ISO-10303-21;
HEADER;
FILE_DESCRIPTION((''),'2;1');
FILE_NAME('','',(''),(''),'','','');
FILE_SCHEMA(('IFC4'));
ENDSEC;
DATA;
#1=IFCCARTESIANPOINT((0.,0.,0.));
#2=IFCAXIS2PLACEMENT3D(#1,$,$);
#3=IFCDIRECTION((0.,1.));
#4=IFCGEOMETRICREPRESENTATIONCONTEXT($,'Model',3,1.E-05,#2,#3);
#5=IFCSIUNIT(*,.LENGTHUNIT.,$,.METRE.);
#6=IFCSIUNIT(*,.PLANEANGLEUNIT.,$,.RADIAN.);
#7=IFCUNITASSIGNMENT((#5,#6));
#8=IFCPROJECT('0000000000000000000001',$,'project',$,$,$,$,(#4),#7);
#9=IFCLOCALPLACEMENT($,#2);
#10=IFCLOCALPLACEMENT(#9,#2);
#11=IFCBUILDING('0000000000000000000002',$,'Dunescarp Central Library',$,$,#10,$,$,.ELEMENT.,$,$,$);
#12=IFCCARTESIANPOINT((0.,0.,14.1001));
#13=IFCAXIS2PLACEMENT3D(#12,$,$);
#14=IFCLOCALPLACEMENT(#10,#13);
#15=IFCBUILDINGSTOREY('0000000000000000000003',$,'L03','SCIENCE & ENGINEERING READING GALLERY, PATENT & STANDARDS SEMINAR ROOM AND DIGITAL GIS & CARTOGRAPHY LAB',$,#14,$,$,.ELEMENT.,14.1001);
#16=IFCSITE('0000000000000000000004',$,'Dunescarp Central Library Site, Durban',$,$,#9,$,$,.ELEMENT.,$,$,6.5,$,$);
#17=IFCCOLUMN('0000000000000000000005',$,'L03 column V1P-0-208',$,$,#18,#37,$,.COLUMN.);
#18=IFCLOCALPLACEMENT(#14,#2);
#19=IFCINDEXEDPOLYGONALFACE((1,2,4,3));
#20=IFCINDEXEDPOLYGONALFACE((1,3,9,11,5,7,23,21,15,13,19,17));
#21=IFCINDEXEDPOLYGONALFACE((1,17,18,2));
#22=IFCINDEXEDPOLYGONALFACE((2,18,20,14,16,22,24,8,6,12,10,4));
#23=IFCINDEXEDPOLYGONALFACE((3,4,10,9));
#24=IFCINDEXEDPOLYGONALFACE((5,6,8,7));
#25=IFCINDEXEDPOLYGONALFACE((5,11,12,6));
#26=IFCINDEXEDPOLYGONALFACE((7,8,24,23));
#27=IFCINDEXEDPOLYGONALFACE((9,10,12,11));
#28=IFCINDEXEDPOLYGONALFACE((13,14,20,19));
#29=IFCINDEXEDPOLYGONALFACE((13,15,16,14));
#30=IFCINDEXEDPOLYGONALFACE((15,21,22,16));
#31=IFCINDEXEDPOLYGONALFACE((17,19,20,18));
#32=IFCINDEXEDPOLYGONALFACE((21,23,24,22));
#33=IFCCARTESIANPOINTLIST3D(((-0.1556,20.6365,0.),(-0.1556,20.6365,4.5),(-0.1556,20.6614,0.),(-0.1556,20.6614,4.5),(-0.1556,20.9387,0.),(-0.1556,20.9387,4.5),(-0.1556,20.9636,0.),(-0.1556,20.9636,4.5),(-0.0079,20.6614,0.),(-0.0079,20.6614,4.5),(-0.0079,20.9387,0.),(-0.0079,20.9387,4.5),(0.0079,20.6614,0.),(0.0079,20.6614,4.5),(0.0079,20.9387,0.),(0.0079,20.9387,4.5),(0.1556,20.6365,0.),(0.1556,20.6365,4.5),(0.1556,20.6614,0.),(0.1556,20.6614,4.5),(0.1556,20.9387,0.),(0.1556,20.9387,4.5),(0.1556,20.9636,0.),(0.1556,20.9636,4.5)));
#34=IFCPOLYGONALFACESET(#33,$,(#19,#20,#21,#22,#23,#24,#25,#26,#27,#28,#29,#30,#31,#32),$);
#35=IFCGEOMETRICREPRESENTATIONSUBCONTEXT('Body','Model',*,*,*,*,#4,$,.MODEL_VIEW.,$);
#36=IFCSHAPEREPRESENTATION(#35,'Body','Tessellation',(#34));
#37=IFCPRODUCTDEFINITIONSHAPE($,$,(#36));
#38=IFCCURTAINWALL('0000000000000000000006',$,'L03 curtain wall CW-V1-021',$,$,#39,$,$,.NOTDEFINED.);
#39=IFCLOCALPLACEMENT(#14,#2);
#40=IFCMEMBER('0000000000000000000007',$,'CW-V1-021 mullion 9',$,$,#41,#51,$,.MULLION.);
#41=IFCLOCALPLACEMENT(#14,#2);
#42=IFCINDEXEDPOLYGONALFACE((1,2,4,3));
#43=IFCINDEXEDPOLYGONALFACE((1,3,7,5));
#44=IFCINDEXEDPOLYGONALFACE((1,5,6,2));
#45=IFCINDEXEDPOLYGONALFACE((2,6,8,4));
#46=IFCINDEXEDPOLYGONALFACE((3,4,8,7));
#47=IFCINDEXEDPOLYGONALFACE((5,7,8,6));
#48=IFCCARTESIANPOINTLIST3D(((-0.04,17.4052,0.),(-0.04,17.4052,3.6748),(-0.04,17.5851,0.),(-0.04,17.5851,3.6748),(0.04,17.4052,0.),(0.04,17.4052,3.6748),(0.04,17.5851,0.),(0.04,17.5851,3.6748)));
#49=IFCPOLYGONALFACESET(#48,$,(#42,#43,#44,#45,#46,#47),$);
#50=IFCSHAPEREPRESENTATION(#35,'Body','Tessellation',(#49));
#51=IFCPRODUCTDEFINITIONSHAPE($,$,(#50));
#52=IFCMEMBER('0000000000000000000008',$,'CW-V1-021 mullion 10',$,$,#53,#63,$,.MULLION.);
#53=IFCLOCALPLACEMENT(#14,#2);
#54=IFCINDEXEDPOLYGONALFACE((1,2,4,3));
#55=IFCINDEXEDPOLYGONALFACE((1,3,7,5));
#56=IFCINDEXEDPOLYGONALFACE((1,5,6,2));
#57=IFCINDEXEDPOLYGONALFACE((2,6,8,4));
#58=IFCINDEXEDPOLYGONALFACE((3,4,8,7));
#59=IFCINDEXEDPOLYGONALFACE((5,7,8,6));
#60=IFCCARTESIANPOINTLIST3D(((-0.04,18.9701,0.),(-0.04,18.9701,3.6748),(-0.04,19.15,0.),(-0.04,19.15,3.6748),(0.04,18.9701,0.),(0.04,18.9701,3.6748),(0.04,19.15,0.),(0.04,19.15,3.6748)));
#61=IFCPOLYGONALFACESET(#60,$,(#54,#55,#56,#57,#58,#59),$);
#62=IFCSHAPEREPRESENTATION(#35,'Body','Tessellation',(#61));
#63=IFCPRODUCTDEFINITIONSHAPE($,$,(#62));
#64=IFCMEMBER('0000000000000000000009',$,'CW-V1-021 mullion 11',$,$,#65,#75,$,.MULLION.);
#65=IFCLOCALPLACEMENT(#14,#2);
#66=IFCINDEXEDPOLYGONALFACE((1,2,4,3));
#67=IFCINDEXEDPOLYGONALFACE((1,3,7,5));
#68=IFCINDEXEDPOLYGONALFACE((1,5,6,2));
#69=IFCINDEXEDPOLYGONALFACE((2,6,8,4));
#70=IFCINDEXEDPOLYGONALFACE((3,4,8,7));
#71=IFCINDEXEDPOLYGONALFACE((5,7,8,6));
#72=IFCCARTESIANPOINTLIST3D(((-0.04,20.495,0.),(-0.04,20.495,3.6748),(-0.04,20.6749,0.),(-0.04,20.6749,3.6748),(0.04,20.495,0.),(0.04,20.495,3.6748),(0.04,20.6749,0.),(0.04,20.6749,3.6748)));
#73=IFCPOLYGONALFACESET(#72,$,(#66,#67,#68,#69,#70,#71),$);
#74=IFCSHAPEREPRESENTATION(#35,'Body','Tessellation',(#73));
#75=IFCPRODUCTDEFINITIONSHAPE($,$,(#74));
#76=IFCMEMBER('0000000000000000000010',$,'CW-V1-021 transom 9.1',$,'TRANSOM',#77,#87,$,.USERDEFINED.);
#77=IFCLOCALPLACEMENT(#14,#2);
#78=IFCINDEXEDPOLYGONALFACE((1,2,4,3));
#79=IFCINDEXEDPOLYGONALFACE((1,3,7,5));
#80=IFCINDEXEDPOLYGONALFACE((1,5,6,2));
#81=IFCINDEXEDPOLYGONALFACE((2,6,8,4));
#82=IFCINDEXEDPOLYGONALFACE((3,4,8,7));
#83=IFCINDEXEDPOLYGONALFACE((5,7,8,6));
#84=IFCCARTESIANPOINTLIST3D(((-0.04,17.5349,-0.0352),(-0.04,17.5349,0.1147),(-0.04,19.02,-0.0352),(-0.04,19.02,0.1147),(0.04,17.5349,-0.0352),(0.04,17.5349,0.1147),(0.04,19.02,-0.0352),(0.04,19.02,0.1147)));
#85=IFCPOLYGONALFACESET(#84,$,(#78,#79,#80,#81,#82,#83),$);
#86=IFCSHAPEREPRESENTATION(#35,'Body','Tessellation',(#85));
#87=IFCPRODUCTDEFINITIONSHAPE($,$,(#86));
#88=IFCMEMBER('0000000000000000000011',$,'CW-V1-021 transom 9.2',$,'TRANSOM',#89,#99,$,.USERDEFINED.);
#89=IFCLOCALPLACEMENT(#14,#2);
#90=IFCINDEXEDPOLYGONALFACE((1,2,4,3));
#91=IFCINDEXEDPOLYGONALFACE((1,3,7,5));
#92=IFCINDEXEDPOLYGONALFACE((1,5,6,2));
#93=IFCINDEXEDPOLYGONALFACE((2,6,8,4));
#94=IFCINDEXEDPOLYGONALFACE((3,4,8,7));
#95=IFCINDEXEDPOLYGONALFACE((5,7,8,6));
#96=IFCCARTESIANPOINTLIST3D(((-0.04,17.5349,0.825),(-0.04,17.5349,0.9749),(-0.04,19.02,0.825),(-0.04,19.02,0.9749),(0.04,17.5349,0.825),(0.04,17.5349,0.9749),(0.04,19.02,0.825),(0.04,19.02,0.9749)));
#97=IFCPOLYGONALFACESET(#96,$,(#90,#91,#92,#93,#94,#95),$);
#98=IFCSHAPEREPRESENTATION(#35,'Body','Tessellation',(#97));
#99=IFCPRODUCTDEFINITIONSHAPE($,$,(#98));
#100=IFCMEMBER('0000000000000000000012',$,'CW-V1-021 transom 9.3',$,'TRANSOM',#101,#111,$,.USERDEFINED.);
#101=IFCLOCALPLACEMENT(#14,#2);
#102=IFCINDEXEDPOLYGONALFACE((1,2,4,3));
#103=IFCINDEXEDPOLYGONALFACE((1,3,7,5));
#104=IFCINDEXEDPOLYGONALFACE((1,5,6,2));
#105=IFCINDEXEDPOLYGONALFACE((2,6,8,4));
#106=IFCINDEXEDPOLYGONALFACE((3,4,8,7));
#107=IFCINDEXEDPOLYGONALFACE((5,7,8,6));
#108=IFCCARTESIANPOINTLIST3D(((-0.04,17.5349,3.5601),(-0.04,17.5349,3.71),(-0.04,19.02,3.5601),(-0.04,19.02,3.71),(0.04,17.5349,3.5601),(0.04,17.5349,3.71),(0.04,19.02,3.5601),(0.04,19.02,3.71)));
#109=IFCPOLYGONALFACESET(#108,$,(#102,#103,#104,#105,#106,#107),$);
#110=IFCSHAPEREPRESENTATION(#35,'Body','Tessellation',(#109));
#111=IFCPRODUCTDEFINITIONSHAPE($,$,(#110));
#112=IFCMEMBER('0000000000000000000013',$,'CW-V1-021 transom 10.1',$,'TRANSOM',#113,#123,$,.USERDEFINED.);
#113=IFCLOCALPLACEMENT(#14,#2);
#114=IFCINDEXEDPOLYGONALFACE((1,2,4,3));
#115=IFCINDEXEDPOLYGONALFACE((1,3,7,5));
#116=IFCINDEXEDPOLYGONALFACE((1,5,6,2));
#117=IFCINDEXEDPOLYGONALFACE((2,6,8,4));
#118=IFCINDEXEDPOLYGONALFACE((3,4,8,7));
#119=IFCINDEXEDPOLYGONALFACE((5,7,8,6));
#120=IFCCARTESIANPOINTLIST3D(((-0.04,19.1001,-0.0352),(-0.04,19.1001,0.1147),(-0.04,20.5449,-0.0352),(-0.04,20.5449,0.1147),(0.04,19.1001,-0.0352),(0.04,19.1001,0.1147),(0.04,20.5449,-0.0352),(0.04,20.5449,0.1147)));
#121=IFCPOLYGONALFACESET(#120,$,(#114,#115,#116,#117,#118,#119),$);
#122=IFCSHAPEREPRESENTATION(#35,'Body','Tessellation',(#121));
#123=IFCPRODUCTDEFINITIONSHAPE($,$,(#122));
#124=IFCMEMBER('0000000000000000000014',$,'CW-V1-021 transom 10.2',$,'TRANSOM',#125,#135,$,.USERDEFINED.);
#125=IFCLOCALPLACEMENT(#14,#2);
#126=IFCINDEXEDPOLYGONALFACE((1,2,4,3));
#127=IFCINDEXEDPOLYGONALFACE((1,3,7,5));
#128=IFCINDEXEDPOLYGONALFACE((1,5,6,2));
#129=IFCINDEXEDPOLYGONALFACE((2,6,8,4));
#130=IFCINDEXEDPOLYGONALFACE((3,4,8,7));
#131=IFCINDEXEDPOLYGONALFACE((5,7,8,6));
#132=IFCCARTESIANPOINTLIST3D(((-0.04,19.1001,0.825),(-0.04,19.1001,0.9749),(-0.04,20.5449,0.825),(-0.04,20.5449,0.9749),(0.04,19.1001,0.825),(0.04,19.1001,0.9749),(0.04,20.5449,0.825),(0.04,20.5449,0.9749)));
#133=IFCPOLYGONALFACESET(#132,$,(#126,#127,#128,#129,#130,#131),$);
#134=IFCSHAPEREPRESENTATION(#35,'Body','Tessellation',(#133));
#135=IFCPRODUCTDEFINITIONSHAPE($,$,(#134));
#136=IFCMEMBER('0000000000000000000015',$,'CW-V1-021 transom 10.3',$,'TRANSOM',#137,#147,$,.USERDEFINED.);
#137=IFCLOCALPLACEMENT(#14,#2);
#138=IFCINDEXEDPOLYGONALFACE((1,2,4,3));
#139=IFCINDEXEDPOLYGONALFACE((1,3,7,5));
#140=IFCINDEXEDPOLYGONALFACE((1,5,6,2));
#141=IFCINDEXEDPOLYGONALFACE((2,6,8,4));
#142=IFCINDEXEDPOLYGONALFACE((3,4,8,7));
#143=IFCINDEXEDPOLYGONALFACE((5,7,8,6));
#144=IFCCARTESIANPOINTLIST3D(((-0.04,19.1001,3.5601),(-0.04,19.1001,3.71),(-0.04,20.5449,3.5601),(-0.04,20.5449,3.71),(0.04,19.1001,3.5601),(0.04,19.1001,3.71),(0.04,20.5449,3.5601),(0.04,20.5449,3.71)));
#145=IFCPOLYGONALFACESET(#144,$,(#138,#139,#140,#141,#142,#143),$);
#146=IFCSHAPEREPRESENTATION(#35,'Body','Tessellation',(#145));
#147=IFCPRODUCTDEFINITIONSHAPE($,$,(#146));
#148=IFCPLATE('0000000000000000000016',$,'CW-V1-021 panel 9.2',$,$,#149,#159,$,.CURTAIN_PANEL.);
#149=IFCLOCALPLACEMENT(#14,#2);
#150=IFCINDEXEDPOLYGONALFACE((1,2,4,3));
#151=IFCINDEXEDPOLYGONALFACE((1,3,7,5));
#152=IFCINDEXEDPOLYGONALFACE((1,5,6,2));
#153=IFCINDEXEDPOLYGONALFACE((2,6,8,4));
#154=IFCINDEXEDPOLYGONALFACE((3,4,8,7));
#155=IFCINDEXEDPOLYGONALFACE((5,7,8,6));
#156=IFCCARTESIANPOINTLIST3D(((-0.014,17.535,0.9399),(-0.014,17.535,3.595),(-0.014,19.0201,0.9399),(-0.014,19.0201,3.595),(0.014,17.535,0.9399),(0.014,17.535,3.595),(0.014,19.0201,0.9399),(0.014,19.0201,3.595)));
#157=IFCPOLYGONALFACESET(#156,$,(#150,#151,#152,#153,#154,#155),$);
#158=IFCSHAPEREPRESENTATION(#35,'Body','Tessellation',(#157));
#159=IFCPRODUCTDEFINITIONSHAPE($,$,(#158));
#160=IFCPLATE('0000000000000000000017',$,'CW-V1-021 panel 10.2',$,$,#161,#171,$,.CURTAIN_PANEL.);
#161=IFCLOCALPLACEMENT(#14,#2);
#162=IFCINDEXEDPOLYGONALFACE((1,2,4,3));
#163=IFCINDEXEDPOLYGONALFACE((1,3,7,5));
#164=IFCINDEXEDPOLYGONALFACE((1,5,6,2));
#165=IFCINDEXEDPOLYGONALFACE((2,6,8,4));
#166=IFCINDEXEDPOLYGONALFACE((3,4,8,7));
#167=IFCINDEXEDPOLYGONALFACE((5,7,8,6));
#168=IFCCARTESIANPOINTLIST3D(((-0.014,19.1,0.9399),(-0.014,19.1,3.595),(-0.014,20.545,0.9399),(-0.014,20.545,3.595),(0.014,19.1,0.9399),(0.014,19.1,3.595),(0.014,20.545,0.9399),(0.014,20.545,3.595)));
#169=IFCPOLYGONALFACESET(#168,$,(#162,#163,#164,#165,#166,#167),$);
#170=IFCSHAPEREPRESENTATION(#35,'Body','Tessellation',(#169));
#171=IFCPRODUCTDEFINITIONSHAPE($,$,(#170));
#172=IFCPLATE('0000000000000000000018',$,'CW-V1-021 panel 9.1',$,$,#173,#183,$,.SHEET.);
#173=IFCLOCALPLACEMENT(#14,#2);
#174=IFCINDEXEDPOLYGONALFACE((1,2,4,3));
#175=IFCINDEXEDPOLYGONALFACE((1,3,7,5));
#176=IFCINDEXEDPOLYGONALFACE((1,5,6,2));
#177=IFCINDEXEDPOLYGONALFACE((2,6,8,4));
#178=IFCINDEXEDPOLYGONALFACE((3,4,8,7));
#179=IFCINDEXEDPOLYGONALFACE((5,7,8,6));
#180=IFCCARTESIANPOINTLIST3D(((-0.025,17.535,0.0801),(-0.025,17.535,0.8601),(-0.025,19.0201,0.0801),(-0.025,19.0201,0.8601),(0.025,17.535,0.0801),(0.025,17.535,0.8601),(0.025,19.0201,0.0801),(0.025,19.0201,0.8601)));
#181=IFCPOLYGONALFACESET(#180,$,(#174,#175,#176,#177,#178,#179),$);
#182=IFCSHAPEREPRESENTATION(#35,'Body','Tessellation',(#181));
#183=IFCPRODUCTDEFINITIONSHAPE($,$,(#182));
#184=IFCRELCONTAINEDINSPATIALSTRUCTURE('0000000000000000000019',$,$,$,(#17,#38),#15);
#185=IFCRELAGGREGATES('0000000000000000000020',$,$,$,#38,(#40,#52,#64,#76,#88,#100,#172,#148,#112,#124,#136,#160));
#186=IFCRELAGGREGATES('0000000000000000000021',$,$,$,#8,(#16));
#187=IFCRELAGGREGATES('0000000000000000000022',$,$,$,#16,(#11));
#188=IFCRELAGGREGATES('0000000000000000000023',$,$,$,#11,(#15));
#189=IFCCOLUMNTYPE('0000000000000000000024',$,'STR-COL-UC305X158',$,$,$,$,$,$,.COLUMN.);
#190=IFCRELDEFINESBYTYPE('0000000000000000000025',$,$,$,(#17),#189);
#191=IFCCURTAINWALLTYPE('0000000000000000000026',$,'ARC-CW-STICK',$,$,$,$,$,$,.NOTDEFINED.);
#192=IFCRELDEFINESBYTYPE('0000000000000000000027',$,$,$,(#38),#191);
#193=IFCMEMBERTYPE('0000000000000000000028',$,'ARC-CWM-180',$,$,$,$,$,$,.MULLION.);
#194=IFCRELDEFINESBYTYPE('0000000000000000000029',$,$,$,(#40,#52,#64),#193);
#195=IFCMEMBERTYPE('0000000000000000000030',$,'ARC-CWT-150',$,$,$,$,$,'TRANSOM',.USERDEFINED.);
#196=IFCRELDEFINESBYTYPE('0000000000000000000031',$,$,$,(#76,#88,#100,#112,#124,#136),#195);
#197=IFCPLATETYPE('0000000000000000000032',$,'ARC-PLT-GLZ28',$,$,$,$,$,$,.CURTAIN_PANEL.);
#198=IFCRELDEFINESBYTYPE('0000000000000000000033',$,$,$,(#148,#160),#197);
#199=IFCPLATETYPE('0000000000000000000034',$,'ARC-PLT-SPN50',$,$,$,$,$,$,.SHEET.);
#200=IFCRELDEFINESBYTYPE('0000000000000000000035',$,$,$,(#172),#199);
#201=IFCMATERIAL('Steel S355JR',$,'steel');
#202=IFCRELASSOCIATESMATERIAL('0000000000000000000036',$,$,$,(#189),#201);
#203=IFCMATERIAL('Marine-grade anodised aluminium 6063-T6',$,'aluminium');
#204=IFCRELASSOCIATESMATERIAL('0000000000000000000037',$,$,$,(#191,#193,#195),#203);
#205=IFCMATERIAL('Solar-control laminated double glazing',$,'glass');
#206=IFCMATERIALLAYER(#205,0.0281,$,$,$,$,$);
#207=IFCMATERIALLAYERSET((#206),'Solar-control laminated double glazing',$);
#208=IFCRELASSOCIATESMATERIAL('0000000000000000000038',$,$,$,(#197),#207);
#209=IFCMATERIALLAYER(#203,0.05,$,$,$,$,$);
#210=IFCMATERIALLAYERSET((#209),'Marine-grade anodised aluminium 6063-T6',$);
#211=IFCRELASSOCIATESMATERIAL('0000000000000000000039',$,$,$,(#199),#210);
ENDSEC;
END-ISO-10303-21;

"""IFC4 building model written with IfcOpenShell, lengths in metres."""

from ifc_helpers import new_model, si_unit, direction, frame, origin, origin_2d, place, context, subcontext, project, spatial, rectangle, i_section, extrude, material, layer, layer_set, material_profile, profile_set, type_object, element, aggregate, save


model = new_model("IFC4")

# Units and contexts
model_context = context("Model", 3, precision=1e-05, world=origin(), true_north=direction((0.0, 1.0)))
body_context = subcontext(model_context, "Body", "Model", "MODEL_VIEW")
ifc_project = project(units=[si_unit("LENGTHUNIT", "METRE"), si_unit("PLANEANGLEUNIT", "RADIAN")], contexts=[model_context])

# Site, building, storey
site_placement = place(None, origin())
site = spatial("IfcSite", under=ifc_project, at=site_placement, Name="Dunescarp Central Library Site, Durban", CompositionType="ELEMENT", RefElevation=6.5)
building_placement = place(site_placement, origin())
building = spatial("IfcBuilding", under=site, at=building_placement, Name="Dunescarp Central Library", CompositionType="ELEMENT")
storey_placement = place(building_placement, frame((0.0, 0.0, 14.1001)))
storey = spatial("IfcBuildingStorey", under=building, at=storey_placement, Name="L03", Description="SCIENCE & ENGINEERING READING GALLERY, PATENT & STANDARDS SEMINAR ROOM AND DIGITAL GIS & CARTOGRAPHY LAB", CompositionType="ELEMENT", Elevation=14.1001)

# Column
ifc_material_1 = material(Name="Steel S355JR", Category="steel")
ifc_material_profile_1 = material_profile(ifc_material_1, i_section(OverallWidth=0.3113, OverallDepth=0.3271, WebThickness=0.0159, FlangeThickness=0.0249, at=origin_2d()), Name="UC 305x305x158")
ifc_profile_set_1 = profile_set([ifc_material_profile_1], Name="Steel S355JR")
column_type = type_object("IfcColumnType", Name="STR-COL-UC305X158", PredefinedType="COLUMN", material=ifc_profile_set_1)
column_placement = place(storey_placement, frame((0.0, 20.8, 0.0), z_axis=(0.0, 0.0, 1.0), x_axis=(1.0, 0.0, 0.0)))
element("IfcColumn", 1, at=column_placement, inside=storey, type_object=column_type, Name="L03 column V1P-0-208", PredefinedType="COLUMN", context=body_context, shape_type="SweptSolid", body=[
    extrude(i_section(OverallWidth=0.3113, OverallDepth=0.3271, WebThickness=0.0159, FlangeThickness=0.0249, at=origin_2d()), origin(), (0.0, 0.0, 1.0), 4.5),
])

# Curtain wall, members, plates
ifc_material_2 = material(Name="Marine-grade anodised aluminium 6063-T6", Category="aluminium")
curtain_wall_type = type_object("IfcCurtainWallType", Name="ARC-CW-STICK", PredefinedType="NOTDEFINED", material=ifc_material_2)
curtain_wall_placement = place(storey_placement, origin())
curtain_wall = element("IfcCurtainWall", 2, at=curtain_wall_placement, inside=storey, type_object=curtain_wall_type, Name="L03 curtain wall CW-V1-021", PredefinedType="NOTDEFINED")
ifc_material_profile_2 = material_profile(ifc_material_2, rectangle(XDim=0.0801, YDim=0.1799, at=origin_2d()), Name="AL 80x180")
ifc_profile_set_2 = profile_set([ifc_material_profile_2], Name="Marine-grade anodised aluminium 6063-T6")
member_type_1 = type_object("IfcMemberType", Name="ARC-CWM-180", PredefinedType="MULLION", material=ifc_profile_set_2)
member_1_placement = place(storey_placement, frame((0.0, 17.4951, 0.0), z_axis=(0.0, 0.0, 1.0), x_axis=(-1.0, 0.0, 0.0)))
member_1 = element("IfcMember", 3, at=member_1_placement, type_object=member_type_1, Name="CW-V1-021 mullion 9", PredefinedType="MULLION", context=body_context, shape_type="SweptSolid", body=[
    extrude(rectangle(XDim=0.0801, YDim=0.1799, at=origin_2d()), origin(), (0.0, 0.0, 1.0), 3.6748),
])
member_2_placement = place(storey_placement, frame((0.0, 19.0601, 0.0), z_axis=(0.0, 0.0, 1.0), x_axis=(-1.0, 0.0, 0.0)))
member_2 = element("IfcMember", 4, at=member_2_placement, type_object=member_type_1, Name="CW-V1-021 mullion 10", PredefinedType="MULLION", context=body_context, shape_type="SweptSolid", body=[
    extrude(rectangle(XDim=0.0801, YDim=0.1799, at=origin_2d()), origin(), (0.0, 0.0, 1.0), 3.6748),
])
member_3_placement = place(storey_placement, frame((0.0, 20.585, 0.0), z_axis=(0.0, 0.0, 1.0), x_axis=(-1.0, 0.0, 0.0)))
member_3 = element("IfcMember", 5, at=member_3_placement, type_object=member_type_1, Name="CW-V1-021 mullion 11", PredefinedType="MULLION", context=body_context, shape_type="SweptSolid", body=[
    extrude(rectangle(XDim=0.0801, YDim=0.1799, at=origin_2d()), origin(), (0.0, 0.0, 1.0), 3.6748),
])
ifc_material_profile_3 = material_profile(ifc_material_2, rectangle(XDim=0.0801, YDim=0.1499, at=origin_2d()), Name="AL 80x150")
ifc_profile_set_3 = profile_set([ifc_material_profile_3], Name="Marine-grade anodised aluminium 6063-T6")
member_type_2 = type_object("IfcMemberType", Name="ARC-CWT-150", ElementType="TRANSOM", PredefinedType="USERDEFINED", material=ifc_profile_set_3)
member_4_placement = place(storey_placement, frame((0.0, 17.5349, 0.0398), z_axis=(0.0, 1.0, 0.0), x_axis=(-1.0, 0.0, 0.0)))
member_4 = element("IfcMember", 6, at=member_4_placement, type_object=member_type_2, Name="CW-V1-021 transom 9.1", ObjectType="TRANSOM", PredefinedType="USERDEFINED", context=body_context, shape_type="SweptSolid", body=[
    extrude(rectangle(XDim=0.0801, YDim=0.1499, at=origin_2d()), origin(), (0.0, 0.0, 1.0), 1.4851),
])
member_5_placement = place(storey_placement, frame((0.0, 17.5349, 0.8999), z_axis=(0.0, 1.0, 0.0), x_axis=(-1.0, 0.0, 0.0)))
member_5 = element("IfcMember", 7, at=member_5_placement, type_object=member_type_2, Name="CW-V1-021 transom 9.2", ObjectType="TRANSOM", PredefinedType="USERDEFINED", context=body_context, shape_type="SweptSolid", body=[
    extrude(rectangle(XDim=0.0801, YDim=0.1499, at=origin_2d()), origin(), (0.0, 0.0, 1.0), 1.4851),
])
member_6_placement = place(storey_placement, frame((0.0, 17.5349, 3.635), z_axis=(0.0, 1.0, 0.0), x_axis=(-1.0, 0.0, 0.0)))
member_6 = element("IfcMember", 8, at=member_6_placement, type_object=member_type_2, Name="CW-V1-021 transom 9.3", ObjectType="TRANSOM", PredefinedType="USERDEFINED", context=body_context, shape_type="SweptSolid", body=[
    extrude(rectangle(XDim=0.0801, YDim=0.1499, at=origin_2d()), origin(), (0.0, 0.0, 1.0), 1.4851),
])
member_7_placement = place(storey_placement, frame((0.0, 19.1001, 0.0398), z_axis=(0.0, 1.0, 0.0), x_axis=(-1.0, 0.0, 0.0)))
member_7 = element("IfcMember", 9, at=member_7_placement, type_object=member_type_2, Name="CW-V1-021 transom 10.1", ObjectType="TRANSOM", PredefinedType="USERDEFINED", context=body_context, shape_type="SweptSolid", body=[
    extrude(rectangle(XDim=0.0801, YDim=0.1499, at=origin_2d()), origin(), (0.0, 0.0, 1.0), 1.4448),
])
member_8_placement = place(storey_placement, frame((0.0, 19.1001, 0.8999), z_axis=(0.0, 1.0, 0.0), x_axis=(-1.0, 0.0, 0.0)))
member_8 = element("IfcMember", 10, at=member_8_placement, type_object=member_type_2, Name="CW-V1-021 transom 10.2", ObjectType="TRANSOM", PredefinedType="USERDEFINED", context=body_context, shape_type="SweptSolid", body=[
    extrude(rectangle(XDim=0.0801, YDim=0.1499, at=origin_2d()), origin(), (0.0, 0.0, 1.0), 1.4448),
])
member_9_placement = place(storey_placement, frame((0.0, 19.1001, 3.635), z_axis=(0.0, 1.0, 0.0), x_axis=(-1.0, 0.0, 0.0)))
member_9 = element("IfcMember", 11, at=member_9_placement, type_object=member_type_2, Name="CW-V1-021 transom 10.3", ObjectType="TRANSOM", PredefinedType="USERDEFINED", context=body_context, shape_type="SweptSolid", body=[
    extrude(rectangle(XDim=0.0801, YDim=0.1499, at=origin_2d()), origin(), (0.0, 0.0, 1.0), 1.4448),
])
ifc_material_3 = material(Name="Solar-control laminated double glazing", Category="glass")
ifc_layer_1 = layer(ifc_material_3, 0.0281)
ifc_layer_set_1 = layer_set([ifc_layer_1], Name="Solar-control laminated double glazing")
plate_type_1 = type_object("IfcPlateType", Name="ARC-PLT-GLZ28", PredefinedType="CURTAIN_PANEL", material=ifc_layer_set_1)
plate_1_placement = place(storey_placement, frame((0.0, 18.2776, 0.9399), z_axis=(0.0, 0.0, 1.0), x_axis=(0.0, 1.0, 0.0)))
plate_1 = element("IfcPlate", 12, at=plate_1_placement, type_object=plate_type_1, Name="CW-V1-021 panel 9.2", PredefinedType="CURTAIN_PANEL", context=body_context, shape_type="SweptSolid", body=[
    extrude(rectangle(XDim=1.4851, YDim=0.0281, at=origin_2d()), origin(), (0.0, 0.0, 1.0), 2.655),
])
plate_2_placement = place(storey_placement, frame((0.0, 19.8225, 0.9399), z_axis=(0.0, 0.0, 1.0), x_axis=(0.0, 1.0, 0.0)))
plate_2 = element("IfcPlate", 13, at=plate_2_placement, type_object=plate_type_1, Name="CW-V1-021 panel 10.2", PredefinedType="CURTAIN_PANEL", context=body_context, shape_type="SweptSolid", body=[
    extrude(rectangle(XDim=1.4451, YDim=0.0281, at=origin_2d()), origin(), (0.0, 0.0, 1.0), 2.655),
])
ifc_layer_2 = layer(ifc_material_2, 0.05)
ifc_layer_set_2 = layer_set([ifc_layer_2], Name="Marine-grade anodised aluminium 6063-T6")
plate_type_2 = type_object("IfcPlateType", Name="ARC-PLT-SPN50", PredefinedType="SHEET", material=ifc_layer_set_2)
plate_3_placement = place(storey_placement, frame((0.0, 18.2776, 0.0801), z_axis=(0.0, 0.0, 1.0), x_axis=(0.0, 1.0, 0.0)))
plate_3 = element("IfcPlate", 14, at=plate_3_placement, type_object=plate_type_2, Name="CW-V1-021 panel 9.1", PredefinedType="SHEET", context=body_context, shape_type="SweptSolid", body=[
    extrude(rectangle(XDim=1.4851, YDim=0.05, at=origin_2d()), origin(), (0.0, 0.0, 1.0), 0.78),
])
aggregate(curtain_wall, [member_1, member_2, member_3, member_4, member_5, member_6, plate_3, plate_1, member_7, member_8, member_9, plate_2])

save(model, "model.ifc")
